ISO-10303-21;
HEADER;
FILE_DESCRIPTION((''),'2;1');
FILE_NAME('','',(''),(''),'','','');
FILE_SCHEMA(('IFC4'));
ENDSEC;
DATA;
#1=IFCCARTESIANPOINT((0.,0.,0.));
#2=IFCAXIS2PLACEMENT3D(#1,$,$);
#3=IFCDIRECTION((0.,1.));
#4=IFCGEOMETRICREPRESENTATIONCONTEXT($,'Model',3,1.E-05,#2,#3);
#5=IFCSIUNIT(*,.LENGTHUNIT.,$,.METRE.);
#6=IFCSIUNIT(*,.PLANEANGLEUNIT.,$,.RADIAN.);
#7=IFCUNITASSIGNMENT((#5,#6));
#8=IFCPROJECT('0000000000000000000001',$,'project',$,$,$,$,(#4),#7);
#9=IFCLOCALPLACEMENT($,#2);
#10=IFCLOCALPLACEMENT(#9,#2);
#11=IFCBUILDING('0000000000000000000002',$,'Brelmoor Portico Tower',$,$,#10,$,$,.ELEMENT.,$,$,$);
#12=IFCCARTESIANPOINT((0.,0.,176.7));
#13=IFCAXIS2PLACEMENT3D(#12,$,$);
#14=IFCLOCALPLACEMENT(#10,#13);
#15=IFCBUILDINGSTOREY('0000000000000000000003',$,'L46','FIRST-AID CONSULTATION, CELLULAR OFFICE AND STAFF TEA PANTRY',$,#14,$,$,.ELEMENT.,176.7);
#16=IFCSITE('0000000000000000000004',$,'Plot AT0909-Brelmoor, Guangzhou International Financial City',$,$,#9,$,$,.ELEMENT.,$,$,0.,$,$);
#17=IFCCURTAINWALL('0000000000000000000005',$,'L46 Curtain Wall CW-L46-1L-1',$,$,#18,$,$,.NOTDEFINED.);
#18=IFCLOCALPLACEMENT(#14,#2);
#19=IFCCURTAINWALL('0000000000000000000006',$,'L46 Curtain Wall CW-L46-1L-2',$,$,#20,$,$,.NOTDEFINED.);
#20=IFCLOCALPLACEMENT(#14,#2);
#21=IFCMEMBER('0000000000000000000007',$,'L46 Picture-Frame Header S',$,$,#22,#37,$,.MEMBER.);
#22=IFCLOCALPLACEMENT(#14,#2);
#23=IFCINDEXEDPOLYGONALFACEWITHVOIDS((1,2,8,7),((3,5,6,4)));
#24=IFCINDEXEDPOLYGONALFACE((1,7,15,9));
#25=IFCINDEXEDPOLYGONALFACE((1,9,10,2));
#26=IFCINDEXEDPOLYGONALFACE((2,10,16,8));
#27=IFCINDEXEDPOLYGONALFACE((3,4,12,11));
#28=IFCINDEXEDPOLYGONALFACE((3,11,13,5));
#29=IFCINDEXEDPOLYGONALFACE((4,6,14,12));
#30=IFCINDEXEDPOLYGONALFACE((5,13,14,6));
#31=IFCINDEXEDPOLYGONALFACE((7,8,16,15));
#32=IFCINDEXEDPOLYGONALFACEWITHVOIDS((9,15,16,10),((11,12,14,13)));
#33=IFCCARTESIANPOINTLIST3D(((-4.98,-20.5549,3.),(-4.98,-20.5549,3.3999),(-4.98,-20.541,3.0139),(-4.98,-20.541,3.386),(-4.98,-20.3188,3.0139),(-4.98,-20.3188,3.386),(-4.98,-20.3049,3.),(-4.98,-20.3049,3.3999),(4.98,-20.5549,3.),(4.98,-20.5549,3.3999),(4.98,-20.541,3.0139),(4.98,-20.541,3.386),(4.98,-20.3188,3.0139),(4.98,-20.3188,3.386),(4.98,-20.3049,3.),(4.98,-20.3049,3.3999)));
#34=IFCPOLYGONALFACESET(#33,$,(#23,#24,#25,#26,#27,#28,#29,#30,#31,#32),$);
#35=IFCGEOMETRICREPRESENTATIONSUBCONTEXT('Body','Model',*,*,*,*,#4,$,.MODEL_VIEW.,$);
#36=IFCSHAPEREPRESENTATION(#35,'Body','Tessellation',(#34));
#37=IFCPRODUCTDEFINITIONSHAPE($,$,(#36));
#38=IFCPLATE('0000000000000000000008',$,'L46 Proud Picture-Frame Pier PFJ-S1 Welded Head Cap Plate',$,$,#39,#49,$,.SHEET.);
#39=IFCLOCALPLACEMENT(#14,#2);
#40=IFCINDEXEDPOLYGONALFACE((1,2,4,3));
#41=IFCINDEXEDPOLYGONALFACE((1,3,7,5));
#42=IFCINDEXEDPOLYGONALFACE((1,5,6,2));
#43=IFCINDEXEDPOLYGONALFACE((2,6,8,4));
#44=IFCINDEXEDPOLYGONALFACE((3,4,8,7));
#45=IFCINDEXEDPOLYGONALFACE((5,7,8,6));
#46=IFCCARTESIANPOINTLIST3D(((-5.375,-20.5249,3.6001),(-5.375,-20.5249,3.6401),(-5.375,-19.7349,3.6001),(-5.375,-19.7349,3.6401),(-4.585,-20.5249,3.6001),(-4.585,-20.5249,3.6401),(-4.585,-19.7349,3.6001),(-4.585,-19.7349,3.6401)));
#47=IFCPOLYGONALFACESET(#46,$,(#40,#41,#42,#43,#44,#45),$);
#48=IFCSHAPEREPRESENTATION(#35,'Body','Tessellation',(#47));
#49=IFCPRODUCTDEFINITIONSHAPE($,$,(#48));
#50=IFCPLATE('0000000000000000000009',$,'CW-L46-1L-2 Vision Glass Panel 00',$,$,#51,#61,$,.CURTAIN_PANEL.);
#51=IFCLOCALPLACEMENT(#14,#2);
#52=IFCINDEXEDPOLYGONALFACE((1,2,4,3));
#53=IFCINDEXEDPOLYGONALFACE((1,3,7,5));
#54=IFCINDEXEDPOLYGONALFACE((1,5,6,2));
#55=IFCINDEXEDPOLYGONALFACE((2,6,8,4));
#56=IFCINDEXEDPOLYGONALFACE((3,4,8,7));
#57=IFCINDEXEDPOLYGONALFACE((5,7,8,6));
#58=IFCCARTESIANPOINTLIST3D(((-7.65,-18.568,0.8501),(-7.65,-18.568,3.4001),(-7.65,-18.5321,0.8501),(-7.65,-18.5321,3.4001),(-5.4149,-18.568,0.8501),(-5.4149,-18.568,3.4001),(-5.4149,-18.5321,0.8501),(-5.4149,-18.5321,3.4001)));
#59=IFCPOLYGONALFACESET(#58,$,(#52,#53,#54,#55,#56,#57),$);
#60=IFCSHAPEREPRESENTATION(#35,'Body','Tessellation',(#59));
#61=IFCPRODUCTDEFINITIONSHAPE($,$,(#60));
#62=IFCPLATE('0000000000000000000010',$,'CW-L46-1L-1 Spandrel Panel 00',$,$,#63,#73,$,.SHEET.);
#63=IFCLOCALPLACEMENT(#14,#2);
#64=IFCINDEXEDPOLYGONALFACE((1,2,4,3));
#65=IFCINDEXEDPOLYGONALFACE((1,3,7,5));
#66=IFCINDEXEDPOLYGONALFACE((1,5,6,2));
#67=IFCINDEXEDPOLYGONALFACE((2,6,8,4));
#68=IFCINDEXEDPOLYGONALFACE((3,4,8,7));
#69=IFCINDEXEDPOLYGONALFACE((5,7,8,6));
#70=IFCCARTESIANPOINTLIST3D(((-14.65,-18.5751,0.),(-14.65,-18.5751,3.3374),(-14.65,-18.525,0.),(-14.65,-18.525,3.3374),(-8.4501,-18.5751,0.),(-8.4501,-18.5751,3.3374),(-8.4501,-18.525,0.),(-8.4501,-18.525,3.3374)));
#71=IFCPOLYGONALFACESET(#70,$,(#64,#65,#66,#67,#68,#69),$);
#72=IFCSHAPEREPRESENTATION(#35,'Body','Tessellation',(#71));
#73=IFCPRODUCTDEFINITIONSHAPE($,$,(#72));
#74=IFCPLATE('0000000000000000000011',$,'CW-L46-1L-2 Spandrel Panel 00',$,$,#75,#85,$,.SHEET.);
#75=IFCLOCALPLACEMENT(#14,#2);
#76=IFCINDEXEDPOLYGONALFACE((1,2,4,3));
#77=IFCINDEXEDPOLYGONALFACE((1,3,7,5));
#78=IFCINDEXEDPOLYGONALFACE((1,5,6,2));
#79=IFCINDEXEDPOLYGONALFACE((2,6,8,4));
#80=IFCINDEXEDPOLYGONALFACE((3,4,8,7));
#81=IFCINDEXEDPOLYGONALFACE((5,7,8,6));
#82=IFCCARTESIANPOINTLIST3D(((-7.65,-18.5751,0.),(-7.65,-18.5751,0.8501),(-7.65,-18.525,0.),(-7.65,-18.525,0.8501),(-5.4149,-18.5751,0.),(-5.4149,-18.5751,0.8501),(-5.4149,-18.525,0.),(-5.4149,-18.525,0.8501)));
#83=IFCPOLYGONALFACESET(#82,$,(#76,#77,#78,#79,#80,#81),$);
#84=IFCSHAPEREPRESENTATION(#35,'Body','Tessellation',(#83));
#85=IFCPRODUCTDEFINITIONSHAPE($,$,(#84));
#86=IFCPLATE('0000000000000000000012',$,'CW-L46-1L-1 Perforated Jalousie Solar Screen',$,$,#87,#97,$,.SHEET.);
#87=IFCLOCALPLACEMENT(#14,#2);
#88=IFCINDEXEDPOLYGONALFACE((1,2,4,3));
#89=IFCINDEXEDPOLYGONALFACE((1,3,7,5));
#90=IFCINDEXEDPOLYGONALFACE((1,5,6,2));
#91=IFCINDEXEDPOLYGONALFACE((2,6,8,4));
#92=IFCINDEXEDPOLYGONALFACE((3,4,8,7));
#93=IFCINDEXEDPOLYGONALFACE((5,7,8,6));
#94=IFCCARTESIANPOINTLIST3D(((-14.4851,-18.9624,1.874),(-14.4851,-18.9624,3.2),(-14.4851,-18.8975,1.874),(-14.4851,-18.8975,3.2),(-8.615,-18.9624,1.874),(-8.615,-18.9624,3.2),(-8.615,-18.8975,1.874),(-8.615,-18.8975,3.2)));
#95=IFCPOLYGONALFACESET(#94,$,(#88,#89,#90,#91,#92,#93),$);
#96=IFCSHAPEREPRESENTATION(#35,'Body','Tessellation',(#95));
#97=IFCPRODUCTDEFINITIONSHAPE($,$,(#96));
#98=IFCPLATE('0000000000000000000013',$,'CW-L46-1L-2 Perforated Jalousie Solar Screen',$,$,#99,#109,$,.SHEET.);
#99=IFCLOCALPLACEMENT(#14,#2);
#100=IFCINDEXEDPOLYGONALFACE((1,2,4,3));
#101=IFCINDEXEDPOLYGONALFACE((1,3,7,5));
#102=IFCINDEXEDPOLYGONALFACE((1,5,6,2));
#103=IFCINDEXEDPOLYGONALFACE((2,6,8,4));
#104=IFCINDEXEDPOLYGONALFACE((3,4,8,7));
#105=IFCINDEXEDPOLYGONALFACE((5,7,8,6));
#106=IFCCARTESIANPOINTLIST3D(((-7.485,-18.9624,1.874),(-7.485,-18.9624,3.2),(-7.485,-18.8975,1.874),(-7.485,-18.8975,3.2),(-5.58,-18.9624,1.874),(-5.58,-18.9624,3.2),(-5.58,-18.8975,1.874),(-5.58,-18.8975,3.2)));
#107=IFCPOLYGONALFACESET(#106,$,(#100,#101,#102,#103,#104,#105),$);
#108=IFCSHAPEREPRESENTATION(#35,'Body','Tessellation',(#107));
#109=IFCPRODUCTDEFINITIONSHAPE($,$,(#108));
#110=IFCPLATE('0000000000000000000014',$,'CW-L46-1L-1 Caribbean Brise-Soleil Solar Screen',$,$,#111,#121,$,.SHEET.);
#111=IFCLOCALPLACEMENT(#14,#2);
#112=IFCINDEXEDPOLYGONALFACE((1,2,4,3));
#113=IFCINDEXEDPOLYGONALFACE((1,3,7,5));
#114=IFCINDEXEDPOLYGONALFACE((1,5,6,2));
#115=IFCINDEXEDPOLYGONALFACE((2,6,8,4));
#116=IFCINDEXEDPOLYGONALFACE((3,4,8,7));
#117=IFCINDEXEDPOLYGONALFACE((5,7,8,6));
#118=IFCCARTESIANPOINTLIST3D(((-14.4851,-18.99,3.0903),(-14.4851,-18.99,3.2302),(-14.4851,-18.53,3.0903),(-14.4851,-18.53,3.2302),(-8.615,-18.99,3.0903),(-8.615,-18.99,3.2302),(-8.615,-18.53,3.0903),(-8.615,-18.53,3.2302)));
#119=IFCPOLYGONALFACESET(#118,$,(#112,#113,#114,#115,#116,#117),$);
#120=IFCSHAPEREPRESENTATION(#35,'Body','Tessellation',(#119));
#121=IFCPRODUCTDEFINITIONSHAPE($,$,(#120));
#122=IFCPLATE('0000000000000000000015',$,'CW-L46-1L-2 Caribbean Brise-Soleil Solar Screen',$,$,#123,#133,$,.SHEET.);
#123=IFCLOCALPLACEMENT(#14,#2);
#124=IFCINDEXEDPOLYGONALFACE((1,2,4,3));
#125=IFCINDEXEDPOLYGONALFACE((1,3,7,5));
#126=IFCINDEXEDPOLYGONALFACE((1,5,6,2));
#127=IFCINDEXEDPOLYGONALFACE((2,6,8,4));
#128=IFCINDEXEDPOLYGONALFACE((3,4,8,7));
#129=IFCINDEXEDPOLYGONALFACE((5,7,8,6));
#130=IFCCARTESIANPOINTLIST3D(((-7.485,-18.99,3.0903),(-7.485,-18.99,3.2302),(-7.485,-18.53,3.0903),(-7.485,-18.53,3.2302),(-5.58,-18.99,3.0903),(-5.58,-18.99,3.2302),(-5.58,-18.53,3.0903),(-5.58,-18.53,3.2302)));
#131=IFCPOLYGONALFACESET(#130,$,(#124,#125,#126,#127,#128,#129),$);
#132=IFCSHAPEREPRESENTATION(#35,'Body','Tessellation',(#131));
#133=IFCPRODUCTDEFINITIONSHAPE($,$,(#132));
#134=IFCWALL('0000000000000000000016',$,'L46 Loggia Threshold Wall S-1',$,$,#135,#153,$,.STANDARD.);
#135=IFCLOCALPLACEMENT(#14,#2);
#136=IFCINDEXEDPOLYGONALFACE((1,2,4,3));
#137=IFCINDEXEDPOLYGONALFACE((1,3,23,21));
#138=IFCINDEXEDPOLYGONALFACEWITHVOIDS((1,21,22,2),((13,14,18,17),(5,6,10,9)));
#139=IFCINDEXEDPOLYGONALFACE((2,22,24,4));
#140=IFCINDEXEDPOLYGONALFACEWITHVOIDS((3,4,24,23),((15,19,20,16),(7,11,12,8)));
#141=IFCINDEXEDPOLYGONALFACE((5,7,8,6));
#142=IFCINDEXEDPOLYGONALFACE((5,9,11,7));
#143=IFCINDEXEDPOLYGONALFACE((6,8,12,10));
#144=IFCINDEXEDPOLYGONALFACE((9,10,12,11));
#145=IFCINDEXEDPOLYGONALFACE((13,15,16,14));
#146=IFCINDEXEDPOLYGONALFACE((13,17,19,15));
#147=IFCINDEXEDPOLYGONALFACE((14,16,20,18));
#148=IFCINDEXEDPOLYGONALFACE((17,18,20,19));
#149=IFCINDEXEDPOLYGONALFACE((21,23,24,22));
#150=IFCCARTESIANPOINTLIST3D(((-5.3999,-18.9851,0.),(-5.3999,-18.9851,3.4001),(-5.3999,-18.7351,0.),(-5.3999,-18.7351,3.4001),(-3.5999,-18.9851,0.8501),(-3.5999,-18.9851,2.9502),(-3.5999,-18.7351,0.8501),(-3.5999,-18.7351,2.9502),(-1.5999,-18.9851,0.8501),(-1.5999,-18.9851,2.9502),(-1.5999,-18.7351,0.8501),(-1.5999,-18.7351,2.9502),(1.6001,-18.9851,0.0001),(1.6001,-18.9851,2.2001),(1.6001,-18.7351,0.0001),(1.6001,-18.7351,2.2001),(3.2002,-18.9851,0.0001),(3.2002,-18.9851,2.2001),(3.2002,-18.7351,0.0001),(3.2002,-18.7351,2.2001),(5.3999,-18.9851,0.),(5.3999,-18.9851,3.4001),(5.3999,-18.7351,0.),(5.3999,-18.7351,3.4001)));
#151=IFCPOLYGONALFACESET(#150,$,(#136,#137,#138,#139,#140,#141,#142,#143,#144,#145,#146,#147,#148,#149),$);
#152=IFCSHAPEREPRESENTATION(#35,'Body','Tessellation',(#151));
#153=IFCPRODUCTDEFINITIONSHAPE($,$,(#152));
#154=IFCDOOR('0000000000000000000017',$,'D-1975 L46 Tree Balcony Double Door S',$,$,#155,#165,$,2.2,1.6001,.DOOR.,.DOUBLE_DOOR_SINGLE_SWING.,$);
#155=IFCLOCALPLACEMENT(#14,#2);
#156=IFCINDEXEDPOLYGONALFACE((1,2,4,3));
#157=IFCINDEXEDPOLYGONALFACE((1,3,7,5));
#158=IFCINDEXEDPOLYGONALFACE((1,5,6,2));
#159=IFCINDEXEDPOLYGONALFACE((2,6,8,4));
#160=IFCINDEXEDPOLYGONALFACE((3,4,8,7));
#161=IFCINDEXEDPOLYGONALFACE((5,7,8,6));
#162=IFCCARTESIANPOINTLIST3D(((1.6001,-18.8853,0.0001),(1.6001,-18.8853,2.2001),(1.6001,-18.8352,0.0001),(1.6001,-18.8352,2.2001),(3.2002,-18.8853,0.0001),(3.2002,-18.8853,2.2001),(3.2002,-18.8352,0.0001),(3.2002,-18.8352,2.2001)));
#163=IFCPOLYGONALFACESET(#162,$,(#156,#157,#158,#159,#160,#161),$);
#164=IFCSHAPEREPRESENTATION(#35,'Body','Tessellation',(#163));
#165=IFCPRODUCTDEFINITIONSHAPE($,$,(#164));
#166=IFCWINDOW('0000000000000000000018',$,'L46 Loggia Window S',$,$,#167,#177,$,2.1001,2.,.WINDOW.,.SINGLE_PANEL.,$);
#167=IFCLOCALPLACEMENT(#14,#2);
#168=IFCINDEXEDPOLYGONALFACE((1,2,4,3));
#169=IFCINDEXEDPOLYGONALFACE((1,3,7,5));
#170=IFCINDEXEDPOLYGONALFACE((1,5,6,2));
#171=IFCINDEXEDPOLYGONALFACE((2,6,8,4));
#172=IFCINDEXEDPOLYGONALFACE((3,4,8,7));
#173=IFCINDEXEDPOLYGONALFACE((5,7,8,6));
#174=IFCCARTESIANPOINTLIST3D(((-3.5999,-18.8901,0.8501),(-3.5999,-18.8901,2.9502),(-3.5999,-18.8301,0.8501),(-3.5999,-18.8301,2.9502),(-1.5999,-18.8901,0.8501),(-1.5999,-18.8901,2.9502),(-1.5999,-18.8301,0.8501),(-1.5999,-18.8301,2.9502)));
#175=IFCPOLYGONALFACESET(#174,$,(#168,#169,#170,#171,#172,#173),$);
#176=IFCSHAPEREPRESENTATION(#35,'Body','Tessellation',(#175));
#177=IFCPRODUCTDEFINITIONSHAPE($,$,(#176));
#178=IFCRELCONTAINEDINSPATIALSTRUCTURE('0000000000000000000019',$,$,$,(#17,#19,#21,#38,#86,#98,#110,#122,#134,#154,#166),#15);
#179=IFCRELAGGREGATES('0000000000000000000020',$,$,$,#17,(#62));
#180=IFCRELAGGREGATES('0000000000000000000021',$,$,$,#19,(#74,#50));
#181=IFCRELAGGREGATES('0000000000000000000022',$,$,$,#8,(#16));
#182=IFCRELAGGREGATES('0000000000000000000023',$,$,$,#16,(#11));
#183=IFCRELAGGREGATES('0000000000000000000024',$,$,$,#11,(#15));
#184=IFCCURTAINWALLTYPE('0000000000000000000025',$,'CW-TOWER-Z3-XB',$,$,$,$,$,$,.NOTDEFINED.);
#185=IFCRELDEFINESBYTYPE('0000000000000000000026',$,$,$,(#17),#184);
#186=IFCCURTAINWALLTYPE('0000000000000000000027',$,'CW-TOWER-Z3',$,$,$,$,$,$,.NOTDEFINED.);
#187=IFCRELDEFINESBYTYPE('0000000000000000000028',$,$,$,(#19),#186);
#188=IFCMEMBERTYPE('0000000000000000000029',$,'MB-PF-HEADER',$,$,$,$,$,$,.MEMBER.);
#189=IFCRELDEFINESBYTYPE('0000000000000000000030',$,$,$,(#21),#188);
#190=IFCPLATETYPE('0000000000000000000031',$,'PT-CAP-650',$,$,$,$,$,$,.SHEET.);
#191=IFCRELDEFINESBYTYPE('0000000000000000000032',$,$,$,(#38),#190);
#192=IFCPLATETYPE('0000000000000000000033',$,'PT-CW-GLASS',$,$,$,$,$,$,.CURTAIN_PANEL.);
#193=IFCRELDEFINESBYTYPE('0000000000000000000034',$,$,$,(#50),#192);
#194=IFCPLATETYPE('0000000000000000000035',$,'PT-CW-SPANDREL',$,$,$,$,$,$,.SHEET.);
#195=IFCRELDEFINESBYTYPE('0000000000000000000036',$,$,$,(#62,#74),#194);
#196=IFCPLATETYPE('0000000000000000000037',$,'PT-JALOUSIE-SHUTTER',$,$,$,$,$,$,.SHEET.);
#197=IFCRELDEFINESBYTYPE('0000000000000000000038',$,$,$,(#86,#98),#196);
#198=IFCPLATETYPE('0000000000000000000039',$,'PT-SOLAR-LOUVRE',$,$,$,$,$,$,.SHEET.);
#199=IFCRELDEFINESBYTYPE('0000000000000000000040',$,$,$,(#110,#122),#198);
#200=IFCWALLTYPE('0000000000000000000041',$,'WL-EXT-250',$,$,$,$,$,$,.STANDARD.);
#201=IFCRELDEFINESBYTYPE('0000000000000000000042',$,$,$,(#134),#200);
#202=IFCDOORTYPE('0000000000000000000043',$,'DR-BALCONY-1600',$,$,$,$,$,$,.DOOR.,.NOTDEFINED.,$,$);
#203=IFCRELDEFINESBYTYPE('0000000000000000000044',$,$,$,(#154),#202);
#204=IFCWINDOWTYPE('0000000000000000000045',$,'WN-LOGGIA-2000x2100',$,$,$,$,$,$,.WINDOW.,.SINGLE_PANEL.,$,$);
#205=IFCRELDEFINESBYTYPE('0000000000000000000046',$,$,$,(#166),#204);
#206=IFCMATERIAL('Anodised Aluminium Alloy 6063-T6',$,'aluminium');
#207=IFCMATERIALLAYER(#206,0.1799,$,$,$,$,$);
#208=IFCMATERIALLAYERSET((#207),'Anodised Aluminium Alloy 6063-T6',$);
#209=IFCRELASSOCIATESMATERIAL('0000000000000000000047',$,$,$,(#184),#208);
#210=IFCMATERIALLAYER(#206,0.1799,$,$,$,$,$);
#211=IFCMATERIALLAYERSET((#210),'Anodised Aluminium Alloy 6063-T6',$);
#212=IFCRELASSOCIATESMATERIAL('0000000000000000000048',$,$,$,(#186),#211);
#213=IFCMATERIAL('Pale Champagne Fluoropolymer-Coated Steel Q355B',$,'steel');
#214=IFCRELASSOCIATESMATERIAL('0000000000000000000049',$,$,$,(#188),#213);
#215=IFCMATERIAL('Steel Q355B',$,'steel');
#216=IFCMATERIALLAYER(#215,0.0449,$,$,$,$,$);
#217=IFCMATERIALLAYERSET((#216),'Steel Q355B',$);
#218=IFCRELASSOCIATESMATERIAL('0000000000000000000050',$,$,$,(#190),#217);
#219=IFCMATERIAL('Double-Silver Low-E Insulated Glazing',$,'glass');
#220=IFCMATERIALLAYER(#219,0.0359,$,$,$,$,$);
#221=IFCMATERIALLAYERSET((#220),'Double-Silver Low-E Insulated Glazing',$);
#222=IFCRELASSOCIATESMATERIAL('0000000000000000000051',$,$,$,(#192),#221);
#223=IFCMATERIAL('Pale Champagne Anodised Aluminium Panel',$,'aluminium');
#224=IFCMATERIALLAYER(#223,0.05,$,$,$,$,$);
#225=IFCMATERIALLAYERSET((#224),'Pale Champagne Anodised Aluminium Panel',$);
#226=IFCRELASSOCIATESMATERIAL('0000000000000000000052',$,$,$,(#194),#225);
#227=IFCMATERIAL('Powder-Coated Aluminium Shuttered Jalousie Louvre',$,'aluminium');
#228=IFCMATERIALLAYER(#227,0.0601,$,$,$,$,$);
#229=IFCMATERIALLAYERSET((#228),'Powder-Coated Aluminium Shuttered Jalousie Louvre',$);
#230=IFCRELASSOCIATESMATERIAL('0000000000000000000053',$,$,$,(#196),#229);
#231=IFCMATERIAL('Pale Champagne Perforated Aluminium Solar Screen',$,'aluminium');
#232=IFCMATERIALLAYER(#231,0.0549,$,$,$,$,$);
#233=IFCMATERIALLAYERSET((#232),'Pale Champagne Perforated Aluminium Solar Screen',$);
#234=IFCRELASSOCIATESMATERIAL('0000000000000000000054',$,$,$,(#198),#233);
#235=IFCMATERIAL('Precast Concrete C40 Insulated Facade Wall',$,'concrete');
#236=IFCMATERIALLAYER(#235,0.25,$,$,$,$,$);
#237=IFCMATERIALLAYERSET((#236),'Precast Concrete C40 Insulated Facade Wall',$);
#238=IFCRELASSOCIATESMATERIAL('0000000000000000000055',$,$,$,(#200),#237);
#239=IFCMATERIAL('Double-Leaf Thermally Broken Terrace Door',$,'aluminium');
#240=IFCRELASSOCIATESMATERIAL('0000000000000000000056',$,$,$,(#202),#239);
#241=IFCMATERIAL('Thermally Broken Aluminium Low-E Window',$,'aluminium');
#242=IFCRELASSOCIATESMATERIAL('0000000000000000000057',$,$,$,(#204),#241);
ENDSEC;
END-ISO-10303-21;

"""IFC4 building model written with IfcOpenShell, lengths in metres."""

from ifc_helpers import new_model, si_unit, direction, frame, frame_2d, origin, origin_2d, place, context, subcontext, project, spatial, rectangle, hollow_rectangle, extrude, material, layer, layer_set, material_profile, profile_set, type_object, element, fill, aggregate, save


model = new_model("IFC4")

# Units and contexts
model_context = context("Model", 3, precision=1e-05, world=origin(), true_north=direction((0.0, 1.0)))
body_context = subcontext(model_context, "Body", "Model", "MODEL_VIEW")
ifc_project = project(units=[si_unit("LENGTHUNIT", "METRE"), si_unit("PLANEANGLEUNIT", "RADIAN")], contexts=[model_context])

# Site, building, storey
site_placement = place(None, origin())
site = spatial("IfcSite", under=ifc_project, at=site_placement, Name="Plot AT0909-Brelmoor, Guangzhou International Financial City", CompositionType="ELEMENT", RefElevation=0.0)
building_placement = place(site_placement, origin())
building = spatial("IfcBuilding", under=site, at=building_placement, Name="Brelmoor Portico Tower", CompositionType="ELEMENT")
storey_placement = place(building_placement, frame((0.0, 0.0, 176.7)))
storey = spatial("IfcBuildingStorey", under=building, at=storey_placement, Name="L46", Description="FIRST-AID CONSULTATION, CELLULAR OFFICE AND STAFF TEA PANTRY", CompositionType="ELEMENT", Elevation=176.7)

# Shared definitions
ifc_material_1 = material(Name="Steel Q355B", Category="steel")

# Curtain wall
ifc_material_2 = material(Name="Anodised Aluminium Alloy 6063-T6", Category="aluminium")
ifc_layer_1 = layer(ifc_material_2, 0.1799)
ifc_layer_set_1 = layer_set([ifc_layer_1], Name="Anodised Aluminium Alloy 6063-T6")
curtain_wall_type_1 = type_object("IfcCurtainWallType", Name="CW-TOWER-Z3-XB", PredefinedType="NOTDEFINED", material=ifc_layer_set_1)
curtain_wall_1_placement = place(storey_placement, origin())
curtain_wall_1 = element("IfcCurtainWall", 1, at=curtain_wall_1_placement, inside=storey, type_object=curtain_wall_type_1, Name="L46 Curtain Wall CW-L46-1L-1", PredefinedType="NOTDEFINED")

# Curtain wall
ifc_layer_2 = layer(ifc_material_2, 0.1799)
ifc_layer_set_2 = layer_set([ifc_layer_2], Name="Anodised Aluminium Alloy 6063-T6")
curtain_wall_type_2 = type_object("IfcCurtainWallType", Name="CW-TOWER-Z3", PredefinedType="NOTDEFINED", material=ifc_layer_set_2)
curtain_wall_2_placement = place(storey_placement, origin())
curtain_wall_2 = element("IfcCurtainWall", 2, at=curtain_wall_2_placement, inside=storey, type_object=curtain_wall_type_2, Name="L46 Curtain Wall CW-L46-1L-2", PredefinedType="NOTDEFINED")

# Member
ifc_material_3 = material(Name="Pale Champagne Fluoropolymer-Coated Steel Q355B", Category="steel")
ifc_material_profile_1 = material_profile(ifc_material_3, hollow_rectangle(XDim=0.25, YDim=0.3999, WallThickness=0.0139, at=origin_2d()), Name="RHS 250x400x14")
ifc_profile_set_1 = profile_set([ifc_material_profile_1], Name="Pale Champagne Fluoropolymer-Coated Steel Q355B")
member_type_1 = type_object("IfcMemberType", Name="MB-PF-HEADER", PredefinedType="MEMBER", material=ifc_profile_set_1)
member_1_placement = place(storey_placement, frame((-4.98, -20.4299, 3.2), z_axis=(1.0, 0.0, 0.0), x_axis=(0.0, 1.0, 0.0)))
element("IfcMember", 3, at=member_1_placement, inside=storey, type_object=member_type_1, Name="L46 Picture-Frame Header S", PredefinedType="MEMBER", context=body_context, shape_type="SweptSolid", body=[
    extrude(hollow_rectangle(XDim=0.25, YDim=0.3999, WallThickness=0.0139, at=origin_2d()), origin(), (0.0, 0.0, 1.0), 9.96),
])

# Plates
ifc_layer_3 = layer(ifc_material_1, 0.0449)
ifc_layer_set_3 = layer_set([ifc_layer_3], Name="Steel Q355B")
plate_type_1 = type_object("IfcPlateType", Name="PT-CAP-650", PredefinedType="SHEET", material=ifc_layer_set_3)
plate_1_placement = place(storey_placement, frame((-4.98, -20.1299, 3.6001), z_axis=(0.0, 0.0, 1.0), x_axis=(1.0, 0.0, 0.0)))
element("IfcPlate", 4, at=plate_1_placement, inside=storey, type_object=plate_type_1, Name="L46 Proud Picture-Frame Pier PFJ-S1 Welded Head Cap Plate", PredefinedType="SHEET", context=body_context, shape_type="SweptSolid", body=[
    extrude(rectangle(XDim=0.79, YDim=0.79, at=origin_2d()), origin(), (0.0, 0.0, 1.0), 0.04),
])
ifc_material_4 = material(Name="Double-Silver Low-E Insulated Glazing", Category="glass")
ifc_layer_4 = layer(ifc_material_4, 0.0359)
ifc_layer_set_4 = layer_set([ifc_layer_4], Name="Double-Silver Low-E Insulated Glazing")
plate_type_2 = type_object("IfcPlateType", Name="PT-CW-GLASS", PredefinedType="CURTAIN_PANEL", material=ifc_layer_set_4)
plate_2_placement = place(storey_placement, frame((-6.5325, -18.55, 0.8501), z_axis=(0.0, 0.0, 1.0), x_axis=(1.0, 0.0, 0.0)))
plate_2 = element("IfcPlate", 5, at=plate_2_placement, type_object=plate_type_2, Name="CW-L46-1L-2 Vision Glass Panel 00", PredefinedType="CURTAIN_PANEL", context=body_context, shape_type="SweptSolid", body=[
    extrude(rectangle(XDim=2.2351, YDim=0.0359, at=origin_2d()), origin(), (0.0, 0.0, 1.0), 2.55),
])
ifc_material_5 = material(Name="Pale Champagne Anodised Aluminium Panel", Category="aluminium")
ifc_layer_5 = layer(ifc_material_5, 0.05)
ifc_layer_set_5 = layer_set([ifc_layer_5], Name="Pale Champagne Anodised Aluminium Panel")
plate_type_3 = type_object("IfcPlateType", Name="PT-CW-SPANDREL", PredefinedType="SHEET", material=ifc_layer_set_5)
plate_3_placement = place(storey_placement, frame((-11.55, -18.55, 0.0), z_axis=(0.0, 0.0, 1.0), x_axis=(1.0, 0.0, 0.0)))
plate_3 = element("IfcPlate", 6, at=plate_3_placement, type_object=plate_type_3, Name="CW-L46-1L-1 Spandrel Panel 00", PredefinedType="SHEET", context=body_context, shape_type="SweptSolid", body=[
    extrude(rectangle(XDim=6.2, YDim=0.05, at=origin_2d()), origin(), (0.0, 0.0, 1.0), 3.3374),
])
aggregate(curtain_wall_1, [plate_3])
plate_4_placement = place(storey_placement, frame((-6.5325, -18.55, 0.0), z_axis=(0.0, 0.0, 1.0), x_axis=(1.0, 0.0, 0.0)))
plate_4 = element("IfcPlate", 7, at=plate_4_placement, type_object=plate_type_3, Name="CW-L46-1L-2 Spandrel Panel 00", PredefinedType="SHEET", context=body_context, shape_type="SweptSolid", body=[
    extrude(rectangle(XDim=2.2351, YDim=0.05, at=origin_2d()), origin(), (0.0, 0.0, 1.0), 0.8501),
])
aggregate(curtain_wall_2, [plate_4, plate_2])

# Plates
ifc_material_6 = material(Name="Powder-Coated Aluminium Shuttered Jalousie Louvre", Category="aluminium")
ifc_layer_6 = layer(ifc_material_6, 0.0601)
ifc_layer_set_6 = layer_set([ifc_layer_6], Name="Powder-Coated Aluminium Shuttered Jalousie Louvre")
plate_type_4 = type_object("IfcPlateType", Name="PT-JALOUSIE-SHUTTER", PredefinedType="SHEET", material=ifc_layer_set_6)
plate_5_placement = place(storey_placement, frame((-11.55, -18.9299, 1.874), z_axis=(0.0, 0.0, 1.0), x_axis=(1.0, 0.0, 0.0)))
element("IfcPlate", 8, at=plate_5_placement, inside=storey, type_object=plate_type_4, Name="CW-L46-1L-1 Perforated Jalousie Solar Screen", PredefinedType="SHEET", context=body_context, shape_type="SweptSolid", body=[
    extrude(rectangle(XDim=5.8701, YDim=0.0649, at=origin_2d()), origin(), (0.0, 0.0, 1.0), 1.3259),
])
plate_6_placement = place(storey_placement, frame((-6.5325, -18.9299, 1.874), z_axis=(0.0, 0.0, 1.0), x_axis=(1.0, 0.0, 0.0)))
element("IfcPlate", 9, at=plate_6_placement, inside=storey, type_object=plate_type_4, Name="CW-L46-1L-2 Perforated Jalousie Solar Screen", PredefinedType="SHEET", context=body_context, shape_type="SweptSolid", body=[
    extrude(rectangle(XDim=1.905, YDim=0.0649, at=origin_2d()), origin(), (0.0, 0.0, 1.0), 1.3259),
])
ifc_material_7 = material(Name="Pale Champagne Perforated Aluminium Solar Screen", Category="aluminium")
ifc_layer_7 = layer(ifc_material_7, 0.0549)
ifc_layer_set_7 = layer_set([ifc_layer_7], Name="Pale Champagne Perforated Aluminium Solar Screen")
plate_type_5 = type_object("IfcPlateType", Name="PT-SOLAR-LOUVRE", PredefinedType="SHEET", material=ifc_layer_set_7)
plate_7_placement = place(storey_placement, frame((-11.55, -18.76, 3.0903), z_axis=(0.0, 0.0, 1.0), x_axis=(1.0, 0.0, 0.0)))
element("IfcPlate", 10, at=plate_7_placement, inside=storey, type_object=plate_type_5, Name="CW-L46-1L-1 Caribbean Brise-Soleil Solar Screen", PredefinedType="SHEET", context=body_context, shape_type="SweptSolid", body=[
    extrude(rectangle(XDim=5.8701, YDim=0.46, at=origin_2d()), origin(), (0.0, 0.0, 1.0), 0.1399),
])
plate_8_placement = place(storey_placement, frame((-6.5325, -18.76, 3.0903), z_axis=(0.0, 0.0, 1.0), x_axis=(1.0, 0.0, 0.0)))
element("IfcPlate", 11, at=plate_8_placement, inside=storey, type_object=plate_type_5, Name="CW-L46-1L-2 Caribbean Brise-Soleil Solar Screen", PredefinedType="SHEET", context=body_context, shape_type="SweptSolid", body=[
    extrude(rectangle(XDim=1.905, YDim=0.46, at=origin_2d()), origin(), (0.0, 0.0, 1.0), 0.1399),
])

# Wall, openings, door, window
ifc_material_8 = material(Name="Precast Concrete C40 Insulated Facade Wall", Category="concrete")
ifc_layer_8 = layer(ifc_material_8, 0.25)
ifc_layer_set_8 = layer_set([ifc_layer_8], Name="Precast Concrete C40 Insulated Facade Wall")
wall_type_1 = type_object("IfcWallType", Name="WL-EXT-250", PredefinedType="STANDARD", material=ifc_layer_set_8)
wall_1_placement = place(storey_placement, frame((-5.3999, -18.8601, 0.0), z_axis=(0.0, 0.0, 1.0), x_axis=(1.0, 0.0, 0.0)))
wall_1 = element("IfcWall", 12, at=wall_1_placement, inside=storey, type_object=wall_type_1, Name="L46 Loggia Threshold Wall S-1", PredefinedType="STANDARD", context=body_context, shape_type="SweptSolid", body=[
    extrude(rectangle(XDim=10.7998, YDim=0.25, at=frame_2d((5.3999, 0.0))), origin(), (0.0, 0.0, 1.0), 3.4001),
])
opening_1_placement = place(wall_1_placement, frame((7.0, 0.0, 0.0)))
opening_1 = element("IfcOpeningElement", 13, at=opening_1_placement, cuts=wall_1, PredefinedType="OPENING", context=body_context, shape_type="SweptSolid", body=[
    extrude(rectangle(XDim=1.6001, YDim=2.2, at=frame_2d((0.8, 1.1001))), frame((0.0, 0.135, 0.0), z_axis=(0.0, -1.0, 0.0), x_axis=(1.0, 0.0, 0.0)), (0.0, 0.0, 1.0), 0.27),
])
opening_2_placement = place(wall_1_placement, frame((1.8, 0.0, 0.8501)))
opening_2 = element("IfcOpeningElement", 14, at=opening_2_placement, cuts=wall_1, PredefinedType="OPENING", context=body_context, shape_type="SweptSolid", body=[
    extrude(rectangle(XDim=2.0, YDim=2.1001, at=frame_2d((1.0, 1.05))), frame((0.0, 0.135, 0.0), z_axis=(0.0, -1.0, 0.0), x_axis=(1.0, 0.0, 0.0)), (0.0, 0.0, 1.0), 0.27),
])
ifc_material_9 = material(Name="Double-Leaf Thermally Broken Terrace Door", Category="aluminium")
door_type_1 = type_object("IfcDoorType", Name="DR-BALCONY-1600", OperationType="NOTDEFINED", PredefinedType="DOOR", material=ifc_material_9)
door_1_placement = place(opening_1_placement, origin())
door_1 = element("IfcDoor", 15, at=door_1_placement, inside=storey, type_object=door_type_1, Name="D-1975 L46 Tree Balcony Double Door S", OperationType="DOUBLE_DOOR_SINGLE_SWING", OverallHeight=2.2, OverallWidth=1.6001, PredefinedType="DOOR", context=body_context, shape_type="SweptSolid", body=[
    extrude(rectangle(XDim=1.6001, YDim=2.2, at=frame_2d((0.8, 1.1001))), frame((0.0, 0.0249, 0.0), z_axis=(0.0, -1.0, 0.0), x_axis=(1.0, 0.0, 0.0)), (0.0, 0.0, 1.0), 0.05),
])
fill(opening_1, door_1)
ifc_material_10 = material(Name="Thermally Broken Aluminium Low-E Window", Category="aluminium")
window_type = type_object("IfcWindowType", Name="WN-LOGGIA-2000x2100", PartitioningType="SINGLE_PANEL", PredefinedType="WINDOW", material=ifc_material_10)
window_placement = place(opening_2_placement, origin())
window = element("IfcWindow", 16, at=window_placement, inside=storey, type_object=window_type, Name="L46 Loggia Window S", OverallHeight=2.1001, OverallWidth=2.0, PartitioningType="SINGLE_PANEL", PredefinedType="WINDOW", context=body_context, shape_type="SweptSolid", body=[
    extrude(rectangle(XDim=2.0, YDim=2.1001, at=frame_2d((1.0, 1.05))), frame((0.0, 0.03, 0.0), z_axis=(0.0, -1.0, 0.0), x_axis=(1.0, 0.0, 0.0)), (0.0, 0.0, 1.0), 0.0601),
])
fill(opening_2, window)

save(model, "model.ifc")
